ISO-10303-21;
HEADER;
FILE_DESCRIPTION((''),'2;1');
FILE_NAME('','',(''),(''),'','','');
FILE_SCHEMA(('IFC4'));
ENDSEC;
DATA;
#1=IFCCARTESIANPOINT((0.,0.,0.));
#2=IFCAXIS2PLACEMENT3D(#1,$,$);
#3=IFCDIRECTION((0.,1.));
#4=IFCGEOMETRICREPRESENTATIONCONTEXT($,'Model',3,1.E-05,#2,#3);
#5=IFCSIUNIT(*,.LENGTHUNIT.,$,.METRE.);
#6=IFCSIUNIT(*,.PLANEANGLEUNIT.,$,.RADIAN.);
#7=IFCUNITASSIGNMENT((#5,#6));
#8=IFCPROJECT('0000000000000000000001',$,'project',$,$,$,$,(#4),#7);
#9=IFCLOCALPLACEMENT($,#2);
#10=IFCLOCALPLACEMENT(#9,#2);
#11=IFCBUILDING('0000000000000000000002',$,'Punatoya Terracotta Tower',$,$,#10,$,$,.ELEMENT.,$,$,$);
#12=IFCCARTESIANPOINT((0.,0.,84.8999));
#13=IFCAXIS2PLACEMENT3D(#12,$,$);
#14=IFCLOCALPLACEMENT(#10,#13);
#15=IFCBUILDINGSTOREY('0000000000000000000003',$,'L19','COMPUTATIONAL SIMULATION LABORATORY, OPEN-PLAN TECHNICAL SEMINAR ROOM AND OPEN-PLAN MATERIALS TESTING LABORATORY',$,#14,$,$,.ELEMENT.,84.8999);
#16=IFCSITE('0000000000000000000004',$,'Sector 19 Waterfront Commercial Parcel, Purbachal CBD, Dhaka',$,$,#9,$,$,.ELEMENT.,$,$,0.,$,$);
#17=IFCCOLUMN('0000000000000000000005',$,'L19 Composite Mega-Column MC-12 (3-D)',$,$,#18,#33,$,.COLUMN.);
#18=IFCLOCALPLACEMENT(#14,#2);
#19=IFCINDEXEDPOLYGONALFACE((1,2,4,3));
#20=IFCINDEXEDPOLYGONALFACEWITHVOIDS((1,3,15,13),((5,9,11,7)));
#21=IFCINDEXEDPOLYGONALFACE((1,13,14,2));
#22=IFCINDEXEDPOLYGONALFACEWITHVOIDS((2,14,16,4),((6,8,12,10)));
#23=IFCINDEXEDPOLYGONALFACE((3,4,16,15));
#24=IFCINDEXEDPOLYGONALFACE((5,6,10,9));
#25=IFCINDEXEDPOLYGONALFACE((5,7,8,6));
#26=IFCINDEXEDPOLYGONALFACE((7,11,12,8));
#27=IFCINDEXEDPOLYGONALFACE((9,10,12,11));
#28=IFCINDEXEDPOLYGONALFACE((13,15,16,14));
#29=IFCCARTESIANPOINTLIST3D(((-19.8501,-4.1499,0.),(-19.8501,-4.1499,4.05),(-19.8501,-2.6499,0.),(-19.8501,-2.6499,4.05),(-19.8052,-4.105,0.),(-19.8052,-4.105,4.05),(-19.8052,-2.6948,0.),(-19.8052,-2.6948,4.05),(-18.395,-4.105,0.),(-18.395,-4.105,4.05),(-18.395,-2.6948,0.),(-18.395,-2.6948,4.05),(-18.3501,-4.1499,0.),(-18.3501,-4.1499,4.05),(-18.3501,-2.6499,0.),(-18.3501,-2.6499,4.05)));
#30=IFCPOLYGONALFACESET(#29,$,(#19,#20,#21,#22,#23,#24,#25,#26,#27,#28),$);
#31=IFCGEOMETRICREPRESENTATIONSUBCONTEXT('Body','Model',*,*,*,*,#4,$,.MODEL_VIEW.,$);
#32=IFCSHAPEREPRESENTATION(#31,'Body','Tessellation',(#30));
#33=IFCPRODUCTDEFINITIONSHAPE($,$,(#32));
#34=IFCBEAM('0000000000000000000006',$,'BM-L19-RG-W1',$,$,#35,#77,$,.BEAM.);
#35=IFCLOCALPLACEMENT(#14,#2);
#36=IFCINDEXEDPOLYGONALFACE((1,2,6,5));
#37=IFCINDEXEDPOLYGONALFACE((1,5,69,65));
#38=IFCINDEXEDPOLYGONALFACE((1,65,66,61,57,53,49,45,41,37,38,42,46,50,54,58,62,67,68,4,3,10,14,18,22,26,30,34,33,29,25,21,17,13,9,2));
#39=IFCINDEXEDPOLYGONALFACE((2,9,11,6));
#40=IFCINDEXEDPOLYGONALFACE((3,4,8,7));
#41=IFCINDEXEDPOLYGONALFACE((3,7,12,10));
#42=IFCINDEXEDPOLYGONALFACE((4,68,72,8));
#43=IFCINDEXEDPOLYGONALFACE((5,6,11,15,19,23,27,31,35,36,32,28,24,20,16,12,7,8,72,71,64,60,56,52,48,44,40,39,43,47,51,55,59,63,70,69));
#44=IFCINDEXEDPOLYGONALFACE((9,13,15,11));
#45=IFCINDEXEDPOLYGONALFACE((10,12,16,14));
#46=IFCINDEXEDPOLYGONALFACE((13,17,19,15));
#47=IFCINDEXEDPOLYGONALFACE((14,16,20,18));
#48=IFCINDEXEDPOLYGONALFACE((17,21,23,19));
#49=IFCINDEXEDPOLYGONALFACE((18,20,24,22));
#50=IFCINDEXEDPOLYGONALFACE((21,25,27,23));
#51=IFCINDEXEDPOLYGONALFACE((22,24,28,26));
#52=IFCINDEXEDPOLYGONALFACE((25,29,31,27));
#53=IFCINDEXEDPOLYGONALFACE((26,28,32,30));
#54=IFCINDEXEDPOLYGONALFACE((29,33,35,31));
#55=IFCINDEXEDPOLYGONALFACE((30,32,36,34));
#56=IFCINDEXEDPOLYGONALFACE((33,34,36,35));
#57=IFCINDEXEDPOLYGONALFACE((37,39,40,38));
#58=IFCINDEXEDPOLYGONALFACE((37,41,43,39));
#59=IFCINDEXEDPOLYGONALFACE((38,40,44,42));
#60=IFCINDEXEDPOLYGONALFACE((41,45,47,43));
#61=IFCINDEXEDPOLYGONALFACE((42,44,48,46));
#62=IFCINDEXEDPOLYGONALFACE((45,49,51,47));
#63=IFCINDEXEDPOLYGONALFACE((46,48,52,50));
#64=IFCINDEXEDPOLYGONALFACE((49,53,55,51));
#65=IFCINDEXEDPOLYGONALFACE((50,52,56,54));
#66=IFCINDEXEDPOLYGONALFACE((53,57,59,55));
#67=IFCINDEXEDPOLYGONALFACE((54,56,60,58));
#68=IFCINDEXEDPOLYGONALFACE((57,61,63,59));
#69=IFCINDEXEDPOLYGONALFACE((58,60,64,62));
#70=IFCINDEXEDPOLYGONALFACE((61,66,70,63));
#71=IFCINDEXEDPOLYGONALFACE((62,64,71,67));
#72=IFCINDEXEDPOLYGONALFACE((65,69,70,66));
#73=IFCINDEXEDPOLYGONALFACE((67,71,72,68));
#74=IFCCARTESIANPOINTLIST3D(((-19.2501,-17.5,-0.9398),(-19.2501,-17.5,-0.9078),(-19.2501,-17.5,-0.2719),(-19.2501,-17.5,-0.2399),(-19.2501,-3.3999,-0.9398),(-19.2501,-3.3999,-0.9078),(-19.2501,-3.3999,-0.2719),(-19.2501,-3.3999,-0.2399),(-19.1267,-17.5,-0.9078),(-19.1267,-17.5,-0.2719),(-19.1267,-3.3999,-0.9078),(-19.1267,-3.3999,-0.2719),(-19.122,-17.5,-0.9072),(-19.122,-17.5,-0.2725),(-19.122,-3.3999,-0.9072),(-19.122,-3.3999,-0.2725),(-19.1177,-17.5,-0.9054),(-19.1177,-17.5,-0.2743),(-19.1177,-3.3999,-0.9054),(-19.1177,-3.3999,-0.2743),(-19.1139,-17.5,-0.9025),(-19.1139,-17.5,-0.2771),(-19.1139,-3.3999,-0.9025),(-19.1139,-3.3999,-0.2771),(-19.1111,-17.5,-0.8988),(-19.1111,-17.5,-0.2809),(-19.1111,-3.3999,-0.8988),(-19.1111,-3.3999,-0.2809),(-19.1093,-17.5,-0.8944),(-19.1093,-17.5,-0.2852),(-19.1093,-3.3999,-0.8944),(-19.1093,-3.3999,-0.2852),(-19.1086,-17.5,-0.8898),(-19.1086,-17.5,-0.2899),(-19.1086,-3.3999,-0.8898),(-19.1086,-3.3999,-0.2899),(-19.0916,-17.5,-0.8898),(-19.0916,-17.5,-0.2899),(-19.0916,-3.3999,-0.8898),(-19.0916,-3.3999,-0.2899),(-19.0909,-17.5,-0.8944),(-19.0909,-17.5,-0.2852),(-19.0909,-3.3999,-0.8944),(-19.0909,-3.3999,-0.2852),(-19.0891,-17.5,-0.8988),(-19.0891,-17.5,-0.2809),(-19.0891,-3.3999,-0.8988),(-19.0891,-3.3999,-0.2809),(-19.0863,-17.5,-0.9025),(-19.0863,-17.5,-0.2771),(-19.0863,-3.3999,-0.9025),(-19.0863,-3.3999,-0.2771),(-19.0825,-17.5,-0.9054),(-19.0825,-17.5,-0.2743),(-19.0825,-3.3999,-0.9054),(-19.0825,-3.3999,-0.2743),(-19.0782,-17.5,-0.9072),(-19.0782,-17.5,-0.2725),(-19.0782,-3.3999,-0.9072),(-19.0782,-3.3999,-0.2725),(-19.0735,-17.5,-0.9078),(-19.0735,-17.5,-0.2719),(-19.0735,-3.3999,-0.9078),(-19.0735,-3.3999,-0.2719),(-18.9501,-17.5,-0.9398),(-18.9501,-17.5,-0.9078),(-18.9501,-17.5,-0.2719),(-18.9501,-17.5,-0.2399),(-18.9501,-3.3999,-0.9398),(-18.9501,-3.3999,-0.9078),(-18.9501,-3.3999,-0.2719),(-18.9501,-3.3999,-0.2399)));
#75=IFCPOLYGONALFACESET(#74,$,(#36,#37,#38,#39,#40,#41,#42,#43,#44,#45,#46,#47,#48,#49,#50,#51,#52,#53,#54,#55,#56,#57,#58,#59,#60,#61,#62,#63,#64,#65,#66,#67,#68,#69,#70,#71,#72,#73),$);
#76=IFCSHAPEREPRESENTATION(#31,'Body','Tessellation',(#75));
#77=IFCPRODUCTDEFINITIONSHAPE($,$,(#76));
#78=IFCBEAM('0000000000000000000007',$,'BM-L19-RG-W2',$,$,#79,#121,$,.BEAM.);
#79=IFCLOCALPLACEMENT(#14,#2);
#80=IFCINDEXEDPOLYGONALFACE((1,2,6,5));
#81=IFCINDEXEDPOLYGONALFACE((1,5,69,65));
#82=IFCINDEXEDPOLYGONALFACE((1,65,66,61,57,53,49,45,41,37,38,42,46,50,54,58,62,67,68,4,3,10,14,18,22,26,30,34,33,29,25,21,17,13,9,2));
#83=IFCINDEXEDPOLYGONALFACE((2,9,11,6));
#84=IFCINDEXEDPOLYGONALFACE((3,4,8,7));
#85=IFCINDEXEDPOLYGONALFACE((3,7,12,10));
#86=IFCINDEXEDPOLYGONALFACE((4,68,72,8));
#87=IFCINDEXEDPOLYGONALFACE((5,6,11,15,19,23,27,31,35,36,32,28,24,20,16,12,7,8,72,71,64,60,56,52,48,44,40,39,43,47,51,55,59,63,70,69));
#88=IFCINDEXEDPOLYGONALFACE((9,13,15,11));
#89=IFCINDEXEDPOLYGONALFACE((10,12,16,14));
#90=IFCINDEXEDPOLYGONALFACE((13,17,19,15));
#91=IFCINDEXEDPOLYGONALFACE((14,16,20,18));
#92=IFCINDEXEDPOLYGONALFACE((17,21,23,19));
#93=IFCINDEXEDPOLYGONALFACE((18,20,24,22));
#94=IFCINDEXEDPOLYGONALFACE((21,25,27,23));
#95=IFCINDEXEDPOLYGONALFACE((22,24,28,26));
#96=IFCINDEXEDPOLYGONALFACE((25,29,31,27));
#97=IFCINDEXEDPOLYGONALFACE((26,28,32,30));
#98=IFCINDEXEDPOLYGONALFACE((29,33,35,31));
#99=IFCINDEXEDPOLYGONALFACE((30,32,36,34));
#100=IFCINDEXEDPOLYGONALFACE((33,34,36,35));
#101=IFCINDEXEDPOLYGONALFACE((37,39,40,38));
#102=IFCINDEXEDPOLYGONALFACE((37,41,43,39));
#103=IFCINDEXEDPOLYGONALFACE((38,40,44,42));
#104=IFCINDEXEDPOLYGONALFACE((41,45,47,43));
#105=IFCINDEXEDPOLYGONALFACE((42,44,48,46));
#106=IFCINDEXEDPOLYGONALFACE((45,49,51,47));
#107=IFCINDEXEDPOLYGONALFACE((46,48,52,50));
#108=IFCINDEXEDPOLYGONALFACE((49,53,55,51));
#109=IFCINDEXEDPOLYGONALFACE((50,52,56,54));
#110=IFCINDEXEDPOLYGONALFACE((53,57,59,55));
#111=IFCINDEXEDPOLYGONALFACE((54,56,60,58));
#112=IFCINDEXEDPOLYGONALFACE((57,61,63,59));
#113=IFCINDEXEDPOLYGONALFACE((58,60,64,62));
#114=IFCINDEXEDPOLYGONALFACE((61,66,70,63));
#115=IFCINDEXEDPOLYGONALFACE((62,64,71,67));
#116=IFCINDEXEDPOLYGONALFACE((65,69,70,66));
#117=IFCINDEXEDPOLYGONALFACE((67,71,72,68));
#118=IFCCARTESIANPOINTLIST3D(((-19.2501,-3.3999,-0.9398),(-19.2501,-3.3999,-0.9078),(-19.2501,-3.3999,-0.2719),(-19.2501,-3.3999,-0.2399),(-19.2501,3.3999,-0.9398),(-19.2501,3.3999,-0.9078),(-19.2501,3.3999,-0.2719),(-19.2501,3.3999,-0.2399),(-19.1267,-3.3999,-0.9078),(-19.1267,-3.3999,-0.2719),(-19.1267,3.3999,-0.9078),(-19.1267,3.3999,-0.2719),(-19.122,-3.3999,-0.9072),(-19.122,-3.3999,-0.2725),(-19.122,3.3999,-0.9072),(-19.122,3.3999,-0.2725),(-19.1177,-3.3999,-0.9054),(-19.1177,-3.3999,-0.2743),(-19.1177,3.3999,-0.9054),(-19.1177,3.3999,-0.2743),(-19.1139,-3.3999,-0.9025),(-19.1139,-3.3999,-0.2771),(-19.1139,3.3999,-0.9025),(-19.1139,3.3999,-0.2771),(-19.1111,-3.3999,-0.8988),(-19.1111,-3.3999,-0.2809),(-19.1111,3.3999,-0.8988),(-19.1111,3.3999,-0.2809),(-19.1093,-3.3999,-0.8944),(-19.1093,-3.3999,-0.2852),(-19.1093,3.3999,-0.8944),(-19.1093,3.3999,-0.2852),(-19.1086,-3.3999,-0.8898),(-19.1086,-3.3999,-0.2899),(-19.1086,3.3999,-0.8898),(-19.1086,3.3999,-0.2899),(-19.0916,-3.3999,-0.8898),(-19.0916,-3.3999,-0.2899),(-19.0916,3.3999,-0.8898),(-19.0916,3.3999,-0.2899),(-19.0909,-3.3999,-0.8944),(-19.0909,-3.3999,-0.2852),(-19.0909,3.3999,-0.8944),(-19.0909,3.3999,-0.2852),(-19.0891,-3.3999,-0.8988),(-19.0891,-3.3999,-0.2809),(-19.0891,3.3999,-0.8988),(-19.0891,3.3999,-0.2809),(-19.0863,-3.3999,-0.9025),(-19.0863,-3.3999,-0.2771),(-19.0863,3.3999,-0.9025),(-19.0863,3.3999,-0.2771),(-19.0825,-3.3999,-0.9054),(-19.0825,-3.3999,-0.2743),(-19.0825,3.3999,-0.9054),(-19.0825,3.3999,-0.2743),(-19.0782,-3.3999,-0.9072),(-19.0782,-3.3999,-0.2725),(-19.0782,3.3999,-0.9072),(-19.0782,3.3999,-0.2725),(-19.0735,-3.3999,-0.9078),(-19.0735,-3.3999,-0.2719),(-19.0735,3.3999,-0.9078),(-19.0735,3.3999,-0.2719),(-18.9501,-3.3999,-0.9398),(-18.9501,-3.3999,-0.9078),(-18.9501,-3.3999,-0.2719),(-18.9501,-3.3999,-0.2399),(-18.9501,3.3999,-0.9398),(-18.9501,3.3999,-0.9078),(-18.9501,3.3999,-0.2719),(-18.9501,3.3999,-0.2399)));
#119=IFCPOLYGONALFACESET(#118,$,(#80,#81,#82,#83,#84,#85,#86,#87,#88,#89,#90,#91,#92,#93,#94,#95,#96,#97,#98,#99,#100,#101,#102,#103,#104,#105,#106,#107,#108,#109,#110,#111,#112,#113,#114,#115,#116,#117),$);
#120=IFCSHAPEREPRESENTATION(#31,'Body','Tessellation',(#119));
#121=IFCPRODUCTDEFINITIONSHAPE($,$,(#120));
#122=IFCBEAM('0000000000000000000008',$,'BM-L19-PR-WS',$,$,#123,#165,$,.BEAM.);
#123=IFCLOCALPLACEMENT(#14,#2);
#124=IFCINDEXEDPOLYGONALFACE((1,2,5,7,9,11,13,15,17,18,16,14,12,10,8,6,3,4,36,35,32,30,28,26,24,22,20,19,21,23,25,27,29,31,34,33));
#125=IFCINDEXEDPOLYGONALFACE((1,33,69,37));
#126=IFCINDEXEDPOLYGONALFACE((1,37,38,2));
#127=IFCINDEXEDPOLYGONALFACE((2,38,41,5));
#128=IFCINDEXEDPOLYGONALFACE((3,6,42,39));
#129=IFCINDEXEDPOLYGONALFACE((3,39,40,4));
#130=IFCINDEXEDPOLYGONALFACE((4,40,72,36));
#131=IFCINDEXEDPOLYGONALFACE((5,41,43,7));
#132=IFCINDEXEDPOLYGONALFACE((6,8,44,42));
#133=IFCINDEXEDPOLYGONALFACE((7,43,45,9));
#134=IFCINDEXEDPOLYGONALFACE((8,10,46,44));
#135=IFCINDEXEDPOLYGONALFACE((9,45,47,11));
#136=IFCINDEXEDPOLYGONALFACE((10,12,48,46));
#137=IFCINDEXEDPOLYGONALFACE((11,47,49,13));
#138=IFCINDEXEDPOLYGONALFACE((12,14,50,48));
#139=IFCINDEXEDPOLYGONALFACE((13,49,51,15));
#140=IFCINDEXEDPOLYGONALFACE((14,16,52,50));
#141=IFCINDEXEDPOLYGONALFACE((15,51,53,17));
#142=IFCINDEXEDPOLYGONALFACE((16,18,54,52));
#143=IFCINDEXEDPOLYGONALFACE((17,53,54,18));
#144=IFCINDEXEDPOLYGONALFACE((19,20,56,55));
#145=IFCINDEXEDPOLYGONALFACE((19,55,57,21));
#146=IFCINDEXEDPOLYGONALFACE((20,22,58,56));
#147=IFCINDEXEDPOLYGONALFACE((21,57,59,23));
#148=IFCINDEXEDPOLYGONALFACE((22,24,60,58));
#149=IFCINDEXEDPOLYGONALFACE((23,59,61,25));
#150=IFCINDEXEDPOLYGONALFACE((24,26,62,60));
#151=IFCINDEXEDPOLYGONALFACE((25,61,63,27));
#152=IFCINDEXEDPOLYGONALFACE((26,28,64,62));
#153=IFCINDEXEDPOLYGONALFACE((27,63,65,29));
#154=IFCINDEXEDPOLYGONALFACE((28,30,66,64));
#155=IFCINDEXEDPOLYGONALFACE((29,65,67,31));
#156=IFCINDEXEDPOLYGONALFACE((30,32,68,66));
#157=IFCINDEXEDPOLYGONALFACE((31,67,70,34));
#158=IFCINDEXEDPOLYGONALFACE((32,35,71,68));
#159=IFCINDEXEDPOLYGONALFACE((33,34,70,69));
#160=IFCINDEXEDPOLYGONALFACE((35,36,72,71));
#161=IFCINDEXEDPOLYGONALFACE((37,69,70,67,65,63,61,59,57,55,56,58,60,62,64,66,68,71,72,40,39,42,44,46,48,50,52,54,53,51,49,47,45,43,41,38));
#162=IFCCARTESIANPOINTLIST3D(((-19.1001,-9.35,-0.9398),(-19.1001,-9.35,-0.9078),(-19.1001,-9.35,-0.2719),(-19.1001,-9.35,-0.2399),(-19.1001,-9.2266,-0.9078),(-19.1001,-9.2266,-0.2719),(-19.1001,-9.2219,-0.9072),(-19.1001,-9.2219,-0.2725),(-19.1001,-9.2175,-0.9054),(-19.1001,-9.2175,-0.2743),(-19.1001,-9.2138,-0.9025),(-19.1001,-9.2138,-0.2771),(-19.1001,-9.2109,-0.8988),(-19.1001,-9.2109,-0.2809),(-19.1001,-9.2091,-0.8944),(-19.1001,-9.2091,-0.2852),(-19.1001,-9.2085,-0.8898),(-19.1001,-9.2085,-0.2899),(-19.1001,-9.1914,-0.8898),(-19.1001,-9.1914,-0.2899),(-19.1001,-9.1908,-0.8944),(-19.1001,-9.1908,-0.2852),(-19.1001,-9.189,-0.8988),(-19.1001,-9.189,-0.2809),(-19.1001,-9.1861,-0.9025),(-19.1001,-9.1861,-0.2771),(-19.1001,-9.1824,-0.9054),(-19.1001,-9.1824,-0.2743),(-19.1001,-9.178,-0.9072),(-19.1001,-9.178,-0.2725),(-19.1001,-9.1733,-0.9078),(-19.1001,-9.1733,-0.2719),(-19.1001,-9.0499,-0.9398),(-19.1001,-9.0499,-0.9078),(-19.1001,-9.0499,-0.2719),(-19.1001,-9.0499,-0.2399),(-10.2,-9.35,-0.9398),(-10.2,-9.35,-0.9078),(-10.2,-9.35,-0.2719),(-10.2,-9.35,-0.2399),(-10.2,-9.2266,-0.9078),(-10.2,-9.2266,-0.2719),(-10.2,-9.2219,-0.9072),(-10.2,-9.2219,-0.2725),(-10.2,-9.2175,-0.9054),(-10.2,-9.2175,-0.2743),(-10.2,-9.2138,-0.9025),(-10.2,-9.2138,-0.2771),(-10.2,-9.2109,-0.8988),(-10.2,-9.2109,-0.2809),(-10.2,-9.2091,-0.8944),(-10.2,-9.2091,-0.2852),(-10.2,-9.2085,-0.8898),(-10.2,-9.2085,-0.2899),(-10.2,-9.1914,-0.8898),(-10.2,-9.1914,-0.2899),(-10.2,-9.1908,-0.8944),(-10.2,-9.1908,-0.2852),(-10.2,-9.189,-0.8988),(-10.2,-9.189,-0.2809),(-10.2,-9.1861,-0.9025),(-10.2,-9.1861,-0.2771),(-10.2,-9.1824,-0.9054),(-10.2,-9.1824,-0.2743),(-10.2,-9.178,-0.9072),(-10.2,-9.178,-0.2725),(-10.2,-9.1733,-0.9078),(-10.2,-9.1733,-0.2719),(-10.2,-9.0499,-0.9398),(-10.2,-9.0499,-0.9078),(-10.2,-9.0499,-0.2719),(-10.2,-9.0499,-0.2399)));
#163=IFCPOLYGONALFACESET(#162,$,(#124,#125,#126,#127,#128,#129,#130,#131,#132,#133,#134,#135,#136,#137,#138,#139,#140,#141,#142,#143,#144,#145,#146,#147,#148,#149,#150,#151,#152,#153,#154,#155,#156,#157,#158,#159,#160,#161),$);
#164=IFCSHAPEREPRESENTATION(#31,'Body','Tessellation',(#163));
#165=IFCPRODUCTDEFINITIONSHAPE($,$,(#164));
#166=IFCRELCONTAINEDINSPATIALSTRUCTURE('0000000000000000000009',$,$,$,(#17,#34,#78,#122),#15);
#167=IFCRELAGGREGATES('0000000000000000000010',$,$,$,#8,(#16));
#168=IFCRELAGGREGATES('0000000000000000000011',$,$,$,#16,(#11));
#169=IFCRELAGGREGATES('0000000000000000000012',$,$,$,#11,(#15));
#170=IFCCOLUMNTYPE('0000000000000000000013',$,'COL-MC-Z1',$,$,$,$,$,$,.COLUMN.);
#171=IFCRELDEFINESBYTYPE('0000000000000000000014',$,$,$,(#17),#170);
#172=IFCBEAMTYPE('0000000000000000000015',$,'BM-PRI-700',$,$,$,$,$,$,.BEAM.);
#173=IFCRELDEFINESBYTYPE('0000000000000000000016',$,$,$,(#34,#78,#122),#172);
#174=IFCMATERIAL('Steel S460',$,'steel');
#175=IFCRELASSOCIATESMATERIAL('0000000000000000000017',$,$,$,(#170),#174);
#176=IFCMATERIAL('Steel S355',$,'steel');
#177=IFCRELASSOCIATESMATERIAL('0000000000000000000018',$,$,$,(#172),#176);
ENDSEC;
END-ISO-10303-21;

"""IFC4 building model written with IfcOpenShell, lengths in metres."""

from ifc_helpers import new_model, si_unit, direction, frame, origin, origin_2d, place, context, subcontext, project, spatial, hollow_rectangle, i_section, extrude, material, material_profile, profile_set, type_object, element, save


model = new_model("IFC4")

# Units and contexts
model_context = context("Model", 3, precision=1e-05, world=origin(), true_north=direction((0.0, 1.0)))
body_context = subcontext(model_context, "Body", "Model", "MODEL_VIEW")
ifc_project = project(units=[si_unit("LENGTHUNIT", "METRE"), si_unit("PLANEANGLEUNIT", "RADIAN")], contexts=[model_context])

# Site, building, storey
site_placement = place(None, origin())
site = spatial("IfcSite", under=ifc_project, at=site_placement, Name="Sector 19 Waterfront Commercial Parcel, Purbachal CBD, Dhaka", CompositionType="ELEMENT", RefElevation=0.0)
building_placement = place(site_placement, origin())
building = spatial("IfcBuilding", under=site, at=building_placement, Name="Punatoya Terracotta Tower", CompositionType="ELEMENT")
storey_placement = place(building_placement, frame((0.0, 0.0, 84.8999)))
storey = spatial("IfcBuildingStorey", under=building, at=storey_placement, Name="L19", Description="COMPUTATIONAL SIMULATION LABORATORY, OPEN-PLAN TECHNICAL SEMINAR ROOM AND OPEN-PLAN MATERIALS TESTING LABORATORY", CompositionType="ELEMENT", Elevation=84.8999)

# Column
ifc_material_1 = material(Name="Steel S460", Category="steel")
ifc_material_profile_1 = material_profile(ifc_material_1, hollow_rectangle(XDim=1.5, YDim=1.5, WallThickness=0.0449, at=origin_2d()))
ifc_profile_set_1 = profile_set([ifc_material_profile_1], Name="Steel S460")
column_type = type_object("IfcColumnType", Name="COL-MC-Z1", PredefinedType="COLUMN", material=ifc_profile_set_1)
column_placement = place(storey_placement, frame((-19.1001, -3.3999, 0.0), z_axis=(0.0, 0.0, 1.0), x_axis=(1.0, 0.0, 0.0)))
element("IfcColumn", 1, at=column_placement, inside=storey, type_object=column_type, Name="L19 Composite Mega-Column MC-12 (3-D)", PredefinedType="COLUMN", context=body_context, shape_type="SweptSolid", body=[
    extrude(hollow_rectangle(XDim=1.5, YDim=1.5, WallThickness=0.0449, at=origin_2d()), origin(), (0.0, 0.0, 1.0), 4.05),
])

# Beams
ifc_material_2 = material(Name="Steel S355", Category="steel")
ifc_material_profile_2 = material_profile(ifc_material_2, i_section(OverallWidth=0.3, OverallDepth=0.7, WebThickness=0.0171, FlangeThickness=0.032, FilletRadius=0.0181, at=origin_2d()))
ifc_profile_set_2 = profile_set([ifc_material_profile_2], Name="Steel S355")
beam_type_1 = type_object("IfcBeamType", Name="BM-PRI-700", PredefinedType="BEAM", material=ifc_profile_set_2)
beam_1_placement = place(storey_placement, frame((-19.1001, -17.5, -0.5898), z_axis=(0.0, 1.0, 0.0), x_axis=(-1.0, 0.0, 0.0)))
element("IfcBeam", 2, at=beam_1_placement, inside=storey, type_object=beam_type_1, Name="BM-L19-RG-W1", PredefinedType="BEAM", context=body_context, shape_type="SweptSolid", body=[
    extrude(i_section(OverallWidth=0.3, OverallDepth=0.7, WebThickness=0.0171, FlangeThickness=0.032, FilletRadius=0.0181, at=origin_2d()), origin(), (0.0, 0.0, 1.0), 14.1001),
])
beam_2_placement = place(storey_placement, frame((-19.1001, -3.3999, -0.5898), z_axis=(0.0, 1.0, 0.0), x_axis=(-1.0, 0.0, 0.0)))
element("IfcBeam", 3, at=beam_2_placement, inside=storey, type_object=beam_type_1, Name="BM-L19-RG-W2", PredefinedType="BEAM", context=body_context, shape_type="SweptSolid", body=[
    extrude(i_section(OverallWidth=0.3, OverallDepth=0.7, WebThickness=0.0171, FlangeThickness=0.032, FilletRadius=0.0181, at=origin_2d()), origin(), (0.0, 0.0, 1.0), 6.7998),
])
for number, where, z_axis, x_axis, name in (
    (4, (-19.1001, -9.2, -0.5898), (1.0, 0.0, 0.0), (0.0, 1.0, 0.0), "BM-L19-PR-WS"),
):
    element("IfcBeam", number, at=place(storey_placement, frame(where, z_axis=z_axis, x_axis=x_axis)), inside=storey, type_object=beam_type_1, Name=name, PredefinedType="BEAM", context=body_context, shape_type="SweptSolid", body=[
        extrude(i_section(OverallWidth=0.3, OverallDepth=0.7, WebThickness=0.0171, FlangeThickness=0.032, FilletRadius=0.0181, at=origin_2d()), origin(), (0.0, 0.0, 1.0), 8.9001),
    ])

save(model, "model.ifc")
